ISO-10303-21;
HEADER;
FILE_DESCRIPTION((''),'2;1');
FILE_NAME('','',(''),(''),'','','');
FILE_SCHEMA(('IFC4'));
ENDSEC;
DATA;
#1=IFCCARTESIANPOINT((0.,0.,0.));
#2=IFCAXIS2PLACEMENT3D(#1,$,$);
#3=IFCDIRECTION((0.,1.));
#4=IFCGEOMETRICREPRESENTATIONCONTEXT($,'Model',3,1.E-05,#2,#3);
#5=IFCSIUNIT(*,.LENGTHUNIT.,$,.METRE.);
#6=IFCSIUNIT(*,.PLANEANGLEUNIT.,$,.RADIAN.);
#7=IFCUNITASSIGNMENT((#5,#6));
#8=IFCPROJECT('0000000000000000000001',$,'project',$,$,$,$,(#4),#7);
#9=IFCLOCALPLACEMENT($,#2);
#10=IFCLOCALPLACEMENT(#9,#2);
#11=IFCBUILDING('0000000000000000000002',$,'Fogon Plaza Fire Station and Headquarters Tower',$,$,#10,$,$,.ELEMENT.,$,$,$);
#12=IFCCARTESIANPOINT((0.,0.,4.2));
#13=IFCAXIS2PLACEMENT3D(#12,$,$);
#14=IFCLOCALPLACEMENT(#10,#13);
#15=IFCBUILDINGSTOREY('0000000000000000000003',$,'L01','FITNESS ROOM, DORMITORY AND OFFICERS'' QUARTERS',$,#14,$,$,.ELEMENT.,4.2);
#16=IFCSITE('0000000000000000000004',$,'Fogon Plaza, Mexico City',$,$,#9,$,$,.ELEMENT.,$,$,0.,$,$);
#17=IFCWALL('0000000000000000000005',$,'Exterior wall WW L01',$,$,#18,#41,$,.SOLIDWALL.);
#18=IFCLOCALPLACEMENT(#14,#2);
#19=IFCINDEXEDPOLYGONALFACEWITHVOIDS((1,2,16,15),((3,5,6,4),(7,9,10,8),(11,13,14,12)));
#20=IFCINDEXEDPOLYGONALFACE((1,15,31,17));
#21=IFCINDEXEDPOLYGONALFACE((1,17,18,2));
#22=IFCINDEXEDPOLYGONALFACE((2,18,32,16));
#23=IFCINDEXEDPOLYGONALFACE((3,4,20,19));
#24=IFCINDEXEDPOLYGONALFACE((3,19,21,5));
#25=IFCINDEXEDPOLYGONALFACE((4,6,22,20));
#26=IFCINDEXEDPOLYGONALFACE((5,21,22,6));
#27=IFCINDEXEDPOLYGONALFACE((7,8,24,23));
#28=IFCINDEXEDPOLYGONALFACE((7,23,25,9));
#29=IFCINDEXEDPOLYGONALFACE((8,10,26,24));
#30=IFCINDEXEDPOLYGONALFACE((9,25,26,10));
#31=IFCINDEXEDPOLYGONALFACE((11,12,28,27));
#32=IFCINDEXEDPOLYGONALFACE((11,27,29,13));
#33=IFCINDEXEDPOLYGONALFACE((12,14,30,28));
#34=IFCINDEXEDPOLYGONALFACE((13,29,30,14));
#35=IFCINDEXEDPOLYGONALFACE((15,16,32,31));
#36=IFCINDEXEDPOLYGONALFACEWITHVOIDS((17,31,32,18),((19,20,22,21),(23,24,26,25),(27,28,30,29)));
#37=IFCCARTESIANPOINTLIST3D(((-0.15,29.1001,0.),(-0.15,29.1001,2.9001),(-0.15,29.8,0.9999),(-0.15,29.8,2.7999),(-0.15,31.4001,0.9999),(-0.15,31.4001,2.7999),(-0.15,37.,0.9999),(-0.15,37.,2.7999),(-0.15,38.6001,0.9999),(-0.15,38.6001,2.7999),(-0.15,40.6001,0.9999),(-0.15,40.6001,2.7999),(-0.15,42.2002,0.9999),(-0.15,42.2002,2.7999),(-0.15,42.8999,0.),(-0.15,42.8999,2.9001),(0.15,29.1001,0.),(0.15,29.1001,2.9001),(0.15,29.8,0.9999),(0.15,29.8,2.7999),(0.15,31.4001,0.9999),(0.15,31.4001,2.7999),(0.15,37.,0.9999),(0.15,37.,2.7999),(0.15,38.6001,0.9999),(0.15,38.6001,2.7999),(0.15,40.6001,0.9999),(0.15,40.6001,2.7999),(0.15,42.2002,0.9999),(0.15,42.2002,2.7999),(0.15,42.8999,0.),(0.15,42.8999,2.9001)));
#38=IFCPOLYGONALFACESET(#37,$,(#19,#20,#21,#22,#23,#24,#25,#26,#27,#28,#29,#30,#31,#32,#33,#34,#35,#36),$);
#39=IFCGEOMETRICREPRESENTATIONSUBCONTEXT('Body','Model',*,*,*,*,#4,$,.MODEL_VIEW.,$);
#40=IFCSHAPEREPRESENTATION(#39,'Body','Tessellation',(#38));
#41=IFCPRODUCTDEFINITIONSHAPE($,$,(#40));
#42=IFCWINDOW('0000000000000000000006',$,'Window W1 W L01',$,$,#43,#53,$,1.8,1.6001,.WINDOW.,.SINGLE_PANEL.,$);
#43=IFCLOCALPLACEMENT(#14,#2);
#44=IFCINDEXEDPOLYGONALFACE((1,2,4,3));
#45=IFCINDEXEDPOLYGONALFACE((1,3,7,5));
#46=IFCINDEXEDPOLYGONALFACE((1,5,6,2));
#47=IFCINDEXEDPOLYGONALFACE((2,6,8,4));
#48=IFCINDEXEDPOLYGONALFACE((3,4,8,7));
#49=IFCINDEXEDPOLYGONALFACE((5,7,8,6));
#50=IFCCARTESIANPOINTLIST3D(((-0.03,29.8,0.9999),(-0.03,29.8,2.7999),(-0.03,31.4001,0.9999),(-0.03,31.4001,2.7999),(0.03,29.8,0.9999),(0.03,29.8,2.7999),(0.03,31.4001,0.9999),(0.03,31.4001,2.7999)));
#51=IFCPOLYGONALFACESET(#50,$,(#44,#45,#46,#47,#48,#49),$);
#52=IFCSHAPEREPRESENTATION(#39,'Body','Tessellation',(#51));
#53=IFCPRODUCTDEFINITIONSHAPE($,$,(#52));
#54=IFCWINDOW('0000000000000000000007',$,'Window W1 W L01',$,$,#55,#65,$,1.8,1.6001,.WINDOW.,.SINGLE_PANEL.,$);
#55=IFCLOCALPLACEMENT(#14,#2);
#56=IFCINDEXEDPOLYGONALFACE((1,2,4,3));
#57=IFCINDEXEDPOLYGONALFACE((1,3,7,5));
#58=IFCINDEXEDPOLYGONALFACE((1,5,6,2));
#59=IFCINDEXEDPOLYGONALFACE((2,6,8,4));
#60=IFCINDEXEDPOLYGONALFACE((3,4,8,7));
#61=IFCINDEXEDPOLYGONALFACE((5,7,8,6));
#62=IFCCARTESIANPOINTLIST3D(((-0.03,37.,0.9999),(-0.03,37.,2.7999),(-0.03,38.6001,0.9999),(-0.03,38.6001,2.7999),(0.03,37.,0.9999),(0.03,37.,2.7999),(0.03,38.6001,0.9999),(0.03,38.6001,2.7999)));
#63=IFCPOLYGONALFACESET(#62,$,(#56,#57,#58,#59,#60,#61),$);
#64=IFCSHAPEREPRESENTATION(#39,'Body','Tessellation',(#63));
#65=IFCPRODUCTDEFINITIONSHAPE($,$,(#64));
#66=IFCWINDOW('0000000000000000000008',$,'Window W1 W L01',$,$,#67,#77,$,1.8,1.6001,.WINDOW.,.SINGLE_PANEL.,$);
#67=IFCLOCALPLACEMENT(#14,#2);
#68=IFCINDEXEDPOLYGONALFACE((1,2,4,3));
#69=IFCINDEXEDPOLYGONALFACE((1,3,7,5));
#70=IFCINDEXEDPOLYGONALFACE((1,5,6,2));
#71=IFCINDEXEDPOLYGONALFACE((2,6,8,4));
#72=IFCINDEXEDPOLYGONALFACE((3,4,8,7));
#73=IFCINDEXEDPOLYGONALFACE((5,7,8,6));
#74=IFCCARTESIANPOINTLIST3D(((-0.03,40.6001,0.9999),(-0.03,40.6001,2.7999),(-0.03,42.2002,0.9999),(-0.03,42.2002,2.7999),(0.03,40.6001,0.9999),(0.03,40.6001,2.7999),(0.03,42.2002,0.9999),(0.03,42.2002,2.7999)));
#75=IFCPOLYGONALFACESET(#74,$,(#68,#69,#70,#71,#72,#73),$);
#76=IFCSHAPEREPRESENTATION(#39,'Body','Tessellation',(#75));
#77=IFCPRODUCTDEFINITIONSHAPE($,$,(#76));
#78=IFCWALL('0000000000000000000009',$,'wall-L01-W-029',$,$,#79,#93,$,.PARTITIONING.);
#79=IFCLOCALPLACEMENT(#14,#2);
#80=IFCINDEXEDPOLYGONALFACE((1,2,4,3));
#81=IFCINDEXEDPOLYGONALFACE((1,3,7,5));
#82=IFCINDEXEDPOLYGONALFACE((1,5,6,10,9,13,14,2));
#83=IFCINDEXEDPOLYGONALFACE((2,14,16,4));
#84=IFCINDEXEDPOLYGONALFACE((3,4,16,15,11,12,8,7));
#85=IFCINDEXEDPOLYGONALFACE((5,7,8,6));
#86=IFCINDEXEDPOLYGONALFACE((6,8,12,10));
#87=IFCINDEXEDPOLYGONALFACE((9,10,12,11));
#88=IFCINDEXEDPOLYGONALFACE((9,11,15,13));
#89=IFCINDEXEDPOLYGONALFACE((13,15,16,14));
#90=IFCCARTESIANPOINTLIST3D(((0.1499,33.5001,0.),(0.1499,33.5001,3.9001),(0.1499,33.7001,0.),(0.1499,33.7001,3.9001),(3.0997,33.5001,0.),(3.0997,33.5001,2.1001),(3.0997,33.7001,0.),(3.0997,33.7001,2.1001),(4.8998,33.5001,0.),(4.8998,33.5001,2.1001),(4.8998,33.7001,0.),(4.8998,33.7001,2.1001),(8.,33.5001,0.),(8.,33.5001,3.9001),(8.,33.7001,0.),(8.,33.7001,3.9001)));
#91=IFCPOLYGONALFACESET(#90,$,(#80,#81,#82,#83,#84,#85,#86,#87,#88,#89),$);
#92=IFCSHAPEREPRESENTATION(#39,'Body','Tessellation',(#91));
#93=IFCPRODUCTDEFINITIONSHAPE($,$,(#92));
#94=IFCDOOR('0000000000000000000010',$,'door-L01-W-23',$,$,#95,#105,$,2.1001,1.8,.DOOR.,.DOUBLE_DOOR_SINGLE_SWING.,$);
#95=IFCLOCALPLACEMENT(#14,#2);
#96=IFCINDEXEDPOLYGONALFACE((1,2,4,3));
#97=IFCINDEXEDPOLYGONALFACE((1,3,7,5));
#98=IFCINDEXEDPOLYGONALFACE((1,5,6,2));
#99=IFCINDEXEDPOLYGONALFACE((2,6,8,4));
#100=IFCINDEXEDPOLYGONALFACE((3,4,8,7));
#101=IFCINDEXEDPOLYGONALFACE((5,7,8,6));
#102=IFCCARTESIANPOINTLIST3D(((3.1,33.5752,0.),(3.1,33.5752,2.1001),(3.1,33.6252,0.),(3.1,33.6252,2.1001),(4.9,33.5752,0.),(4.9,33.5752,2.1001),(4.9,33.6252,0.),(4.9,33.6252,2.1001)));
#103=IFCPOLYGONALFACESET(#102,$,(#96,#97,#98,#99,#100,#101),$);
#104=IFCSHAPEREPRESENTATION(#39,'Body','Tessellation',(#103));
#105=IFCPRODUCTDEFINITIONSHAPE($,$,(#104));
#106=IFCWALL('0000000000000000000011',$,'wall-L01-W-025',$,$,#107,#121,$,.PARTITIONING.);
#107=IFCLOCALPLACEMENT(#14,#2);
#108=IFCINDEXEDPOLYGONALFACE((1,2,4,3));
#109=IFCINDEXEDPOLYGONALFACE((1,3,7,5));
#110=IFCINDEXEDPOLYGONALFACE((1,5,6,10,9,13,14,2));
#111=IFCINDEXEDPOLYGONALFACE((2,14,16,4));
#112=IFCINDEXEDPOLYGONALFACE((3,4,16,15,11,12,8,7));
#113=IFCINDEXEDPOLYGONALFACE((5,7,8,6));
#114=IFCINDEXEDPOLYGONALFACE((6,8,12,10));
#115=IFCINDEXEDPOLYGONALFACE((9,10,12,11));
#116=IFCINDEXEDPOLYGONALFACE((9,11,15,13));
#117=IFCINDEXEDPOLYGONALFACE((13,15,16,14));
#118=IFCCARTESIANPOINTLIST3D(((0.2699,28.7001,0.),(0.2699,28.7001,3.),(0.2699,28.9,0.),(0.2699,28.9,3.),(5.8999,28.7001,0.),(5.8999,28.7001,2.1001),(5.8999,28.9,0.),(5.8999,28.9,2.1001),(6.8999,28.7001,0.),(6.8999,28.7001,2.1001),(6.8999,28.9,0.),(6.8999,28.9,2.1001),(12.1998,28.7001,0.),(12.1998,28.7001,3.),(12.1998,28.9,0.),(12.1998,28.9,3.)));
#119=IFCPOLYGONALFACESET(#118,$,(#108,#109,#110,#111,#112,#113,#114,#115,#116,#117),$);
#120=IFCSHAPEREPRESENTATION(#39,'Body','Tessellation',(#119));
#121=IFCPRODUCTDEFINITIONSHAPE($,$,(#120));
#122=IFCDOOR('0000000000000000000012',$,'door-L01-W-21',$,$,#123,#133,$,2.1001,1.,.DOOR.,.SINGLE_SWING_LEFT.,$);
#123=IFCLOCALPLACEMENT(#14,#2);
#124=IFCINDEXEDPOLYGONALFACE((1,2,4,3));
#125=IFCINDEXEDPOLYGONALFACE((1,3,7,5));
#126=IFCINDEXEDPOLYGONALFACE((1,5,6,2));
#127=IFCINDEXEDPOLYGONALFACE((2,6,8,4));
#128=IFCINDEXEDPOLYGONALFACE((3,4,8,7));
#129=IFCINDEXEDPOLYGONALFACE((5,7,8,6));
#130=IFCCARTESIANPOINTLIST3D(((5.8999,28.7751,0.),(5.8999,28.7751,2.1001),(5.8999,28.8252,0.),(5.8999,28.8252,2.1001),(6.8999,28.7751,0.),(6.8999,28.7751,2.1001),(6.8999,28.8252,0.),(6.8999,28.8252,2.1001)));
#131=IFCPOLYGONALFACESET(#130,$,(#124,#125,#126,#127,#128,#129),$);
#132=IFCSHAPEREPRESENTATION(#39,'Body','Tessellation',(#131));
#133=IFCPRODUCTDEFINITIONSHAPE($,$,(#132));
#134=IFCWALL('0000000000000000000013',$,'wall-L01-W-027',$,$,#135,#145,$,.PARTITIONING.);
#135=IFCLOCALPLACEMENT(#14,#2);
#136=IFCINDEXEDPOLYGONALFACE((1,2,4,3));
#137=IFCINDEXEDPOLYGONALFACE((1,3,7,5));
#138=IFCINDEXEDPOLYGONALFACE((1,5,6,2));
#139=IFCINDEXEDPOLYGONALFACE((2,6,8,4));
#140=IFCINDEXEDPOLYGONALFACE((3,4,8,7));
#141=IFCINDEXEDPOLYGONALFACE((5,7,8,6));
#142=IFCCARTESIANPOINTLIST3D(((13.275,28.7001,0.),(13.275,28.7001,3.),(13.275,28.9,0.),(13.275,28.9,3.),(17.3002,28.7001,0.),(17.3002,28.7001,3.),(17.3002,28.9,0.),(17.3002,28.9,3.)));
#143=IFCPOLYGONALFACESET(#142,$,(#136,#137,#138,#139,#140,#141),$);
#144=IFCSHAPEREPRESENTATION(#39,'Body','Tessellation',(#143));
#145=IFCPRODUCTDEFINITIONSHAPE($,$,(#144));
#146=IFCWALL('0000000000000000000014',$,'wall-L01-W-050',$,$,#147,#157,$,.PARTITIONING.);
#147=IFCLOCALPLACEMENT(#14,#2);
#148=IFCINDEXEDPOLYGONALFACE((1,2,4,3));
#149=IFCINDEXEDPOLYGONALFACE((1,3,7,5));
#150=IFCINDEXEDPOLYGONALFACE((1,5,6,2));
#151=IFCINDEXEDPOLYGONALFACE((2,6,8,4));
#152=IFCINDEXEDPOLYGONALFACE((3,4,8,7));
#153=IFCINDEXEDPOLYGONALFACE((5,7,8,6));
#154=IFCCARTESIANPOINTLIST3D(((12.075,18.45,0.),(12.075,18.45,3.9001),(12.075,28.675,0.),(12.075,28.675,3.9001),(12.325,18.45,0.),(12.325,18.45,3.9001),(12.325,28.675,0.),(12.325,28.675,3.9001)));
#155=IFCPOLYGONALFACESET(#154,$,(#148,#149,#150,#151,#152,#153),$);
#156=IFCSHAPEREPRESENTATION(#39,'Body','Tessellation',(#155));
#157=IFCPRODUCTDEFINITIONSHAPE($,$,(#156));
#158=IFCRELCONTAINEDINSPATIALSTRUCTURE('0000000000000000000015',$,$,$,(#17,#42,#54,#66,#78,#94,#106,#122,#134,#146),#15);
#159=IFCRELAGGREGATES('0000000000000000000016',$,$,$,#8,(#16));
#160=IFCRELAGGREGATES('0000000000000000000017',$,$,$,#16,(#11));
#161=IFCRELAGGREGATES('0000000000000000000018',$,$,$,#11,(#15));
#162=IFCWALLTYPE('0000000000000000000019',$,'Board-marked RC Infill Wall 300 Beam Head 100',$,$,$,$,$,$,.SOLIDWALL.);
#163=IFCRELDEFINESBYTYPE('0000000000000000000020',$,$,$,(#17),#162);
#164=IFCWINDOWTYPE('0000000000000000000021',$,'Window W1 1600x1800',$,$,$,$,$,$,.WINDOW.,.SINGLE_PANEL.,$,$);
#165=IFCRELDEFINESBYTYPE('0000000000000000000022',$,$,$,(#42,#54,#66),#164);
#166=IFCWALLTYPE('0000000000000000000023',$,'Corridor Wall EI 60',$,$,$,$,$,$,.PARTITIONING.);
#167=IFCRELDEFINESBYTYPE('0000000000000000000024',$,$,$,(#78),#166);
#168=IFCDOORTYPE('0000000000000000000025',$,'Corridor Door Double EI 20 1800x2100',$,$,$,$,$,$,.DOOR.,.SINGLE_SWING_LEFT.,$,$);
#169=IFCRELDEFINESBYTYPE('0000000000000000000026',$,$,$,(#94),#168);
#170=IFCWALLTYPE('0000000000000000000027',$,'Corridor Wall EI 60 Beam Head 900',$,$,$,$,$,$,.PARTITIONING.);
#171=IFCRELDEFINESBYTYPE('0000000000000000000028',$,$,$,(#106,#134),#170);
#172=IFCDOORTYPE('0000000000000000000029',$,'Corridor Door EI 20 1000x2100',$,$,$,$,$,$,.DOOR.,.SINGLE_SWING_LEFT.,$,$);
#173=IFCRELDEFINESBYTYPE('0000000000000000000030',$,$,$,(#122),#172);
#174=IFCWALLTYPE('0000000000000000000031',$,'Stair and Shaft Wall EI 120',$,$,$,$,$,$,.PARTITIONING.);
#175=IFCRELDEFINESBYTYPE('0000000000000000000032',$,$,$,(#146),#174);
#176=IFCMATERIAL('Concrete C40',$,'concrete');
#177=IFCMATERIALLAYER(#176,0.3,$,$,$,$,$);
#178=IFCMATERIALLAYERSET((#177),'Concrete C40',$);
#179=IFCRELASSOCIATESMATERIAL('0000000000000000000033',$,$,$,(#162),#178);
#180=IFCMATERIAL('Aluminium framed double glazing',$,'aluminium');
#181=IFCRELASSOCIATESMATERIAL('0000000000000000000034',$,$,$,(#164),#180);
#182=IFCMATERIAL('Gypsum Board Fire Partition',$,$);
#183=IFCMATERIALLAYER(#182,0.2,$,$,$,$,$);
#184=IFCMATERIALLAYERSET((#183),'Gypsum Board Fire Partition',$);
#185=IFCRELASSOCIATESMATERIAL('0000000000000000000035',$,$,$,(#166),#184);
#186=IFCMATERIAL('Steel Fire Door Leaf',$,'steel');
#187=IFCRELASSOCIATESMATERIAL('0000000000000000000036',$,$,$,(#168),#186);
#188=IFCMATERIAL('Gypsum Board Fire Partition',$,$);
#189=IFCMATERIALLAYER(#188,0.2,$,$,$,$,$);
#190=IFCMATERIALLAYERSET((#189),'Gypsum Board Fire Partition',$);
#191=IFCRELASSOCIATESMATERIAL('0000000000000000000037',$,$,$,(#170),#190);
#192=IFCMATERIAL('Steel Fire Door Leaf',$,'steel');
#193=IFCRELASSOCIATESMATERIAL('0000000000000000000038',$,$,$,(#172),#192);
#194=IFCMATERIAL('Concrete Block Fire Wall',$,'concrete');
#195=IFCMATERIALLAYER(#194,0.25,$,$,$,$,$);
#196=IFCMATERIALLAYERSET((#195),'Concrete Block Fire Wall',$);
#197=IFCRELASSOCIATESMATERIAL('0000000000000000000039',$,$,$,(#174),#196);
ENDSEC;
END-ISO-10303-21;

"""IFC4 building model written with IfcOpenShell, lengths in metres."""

from ifc_helpers import new_model, si_unit, direction, frame, frame_2d, origin, place, context, subcontext, project, spatial, rectangle, extrude, material, layer, layer_set, type_object, element, fill, save


model = new_model("IFC4")

# Units and contexts
model_context = context("Model", 3, precision=1e-05, world=origin(), true_north=direction((0.0, 1.0)))
body_context = subcontext(model_context, "Body", "Model", "MODEL_VIEW")
ifc_project = project(units=[si_unit("LENGTHUNIT", "METRE"), si_unit("PLANEANGLEUNIT", "RADIAN")], contexts=[model_context])

# Site, building, storey
site_placement = place(None, origin())
site = spatial("IfcSite", under=ifc_project, at=site_placement, Name="Fogon Plaza, Mexico City", CompositionType="ELEMENT", RefElevation=0.0)
building_placement = place(site_placement, origin())
building = spatial("IfcBuilding", under=site, at=building_placement, Name="Fogon Plaza Fire Station and Headquarters Tower", CompositionType="ELEMENT")
storey_placement = place(building_placement, frame((0.0, 0.0, 4.2)))
storey = spatial("IfcBuildingStorey", under=building, at=storey_placement, Name="L01", Description="FITNESS ROOM, DORMITORY AND OFFICERS' QUARTERS", CompositionType="ELEMENT", Elevation=4.2)

# Wall, openings, windows
ifc_material_1 = material(Name="Concrete C40", Category="concrete")
ifc_layer_1 = layer(ifc_material_1, 0.3)
ifc_layer_set_1 = layer_set([ifc_layer_1], Name="Concrete C40")
wall_type_1 = type_object("IfcWallType", Name="Board-marked RC Infill Wall 300 Beam Head 100", PredefinedType="SOLIDWALL", material=ifc_layer_set_1)
wall_1_placement = place(storey_placement, frame((0.0, 29.1001, 0.0), z_axis=(0.0, 0.0, 1.0), x_axis=(0.0, 1.0, 0.0)))
wall_1 = element("IfcWall", 1, at=wall_1_placement, inside=storey, type_object=wall_type_1, Name="Exterior wall WW L01", PredefinedType="SOLIDWALL", context=body_context, shape_type="SweptSolid", body=[
    extrude(rectangle(XDim=13.7998, YDim=0.3, at=frame_2d((6.8999, 0.0))), origin(), (0.0, 0.0, 1.0), 2.9001),
])
opening_1_placement = place(wall_1_placement, frame((0.7, 0.0, 1.0)))
opening_1 = element("IfcOpeningElement", 2, at=opening_1_placement, cuts=wall_1, PredefinedType="OPENING", context=body_context, shape_type="SweptSolid", body=[
    extrude(rectangle(XDim=1.6001, YDim=1.8, at=frame_2d((0.8, 0.8999))), frame((0.0, 0.1599, 0.0), z_axis=(0.0, -1.0, 0.0), x_axis=(1.0, 0.0, 0.0)), (0.0, 0.0, 1.0), 0.3201),
])
opening_2_placement = place(wall_1_placement, frame((7.8999, 0.0, 1.0)))
opening_2 = element("IfcOpeningElement", 3, at=opening_2_placement, cuts=wall_1, PredefinedType="OPENING", context=body_context, shape_type="SweptSolid", body=[
    extrude(rectangle(XDim=1.6001, YDim=1.8, at=frame_2d((0.8, 0.8999))), frame((0.0, 0.1599, 0.0), z_axis=(0.0, -1.0, 0.0), x_axis=(1.0, 0.0, 0.0)), (0.0, 0.0, 1.0), 0.3201),
])
opening_3_placement = place(wall_1_placement, frame((11.5, 0.0, 1.0)))
opening_3 = element("IfcOpeningElement", 4, at=opening_3_placement, cuts=wall_1, PredefinedType="OPENING", context=body_context, shape_type="SweptSolid", body=[
    extrude(rectangle(XDim=1.6001, YDim=1.8, at=frame_2d((0.8, 0.8999))), frame((0.0, 0.1599, 0.0), z_axis=(0.0, -1.0, 0.0), x_axis=(1.0, 0.0, 0.0)), (0.0, 0.0, 1.0), 0.3201),
])
ifc_material_2 = material(Name="Aluminium framed double glazing", Category="aluminium")
window_type = type_object("IfcWindowType", Name="Window W1 1600x1800", PartitioningType="SINGLE_PANEL", PredefinedType="WINDOW", material=ifc_material_2)
window_1_placement = place(opening_1_placement, origin())
window_1 = element("IfcWindow", 5, at=window_1_placement, inside=storey, type_object=window_type, Name="Window W1 W L01", OverallHeight=1.8, OverallWidth=1.6001, PartitioningType="SINGLE_PANEL", PredefinedType="WINDOW", context=body_context, shape_type="SweptSolid", body=[
    extrude(rectangle(XDim=1.6001, YDim=1.8, at=frame_2d((0.8, 0.8999))), frame((0.0, 0.03, 0.0), z_axis=(0.0, -1.0, 0.0), x_axis=(1.0, 0.0, 0.0)), (0.0, 0.0, 1.0), 0.0601),
])
fill(opening_1, window_1)
window_2_placement = place(opening_2_placement, origin())
window_2 = element("IfcWindow", 6, at=window_2_placement, inside=storey, type_object=window_type, Name="Window W1 W L01", OverallHeight=1.8, OverallWidth=1.6001, PartitioningType="SINGLE_PANEL", PredefinedType="WINDOW", context=body_context, shape_type="SweptSolid", body=[
    extrude(rectangle(XDim=1.6001, YDim=1.8, at=frame_2d((0.8, 0.8999))), frame((0.0, 0.03, 0.0), z_axis=(0.0, -1.0, 0.0), x_axis=(1.0, 0.0, 0.0)), (0.0, 0.0, 1.0), 0.0601),
])
fill(opening_2, window_2)
window_3_placement = place(opening_3_placement, origin())
window_3 = element("IfcWindow", 7, at=window_3_placement, inside=storey, type_object=window_type, Name="Window W1 W L01", OverallHeight=1.8, OverallWidth=1.6001, PartitioningType="SINGLE_PANEL", PredefinedType="WINDOW", context=body_context, shape_type="SweptSolid", body=[
    extrude(rectangle(XDim=1.6001, YDim=1.8, at=frame_2d((0.8, 0.8999))), frame((0.0, 0.03, 0.0), z_axis=(0.0, -1.0, 0.0), x_axis=(1.0, 0.0, 0.0)), (0.0, 0.0, 1.0), 0.0601),
])
fill(opening_3, window_3)

# Walls, openings, doors
ifc_material_3 = material(Name="Gypsum Board Fire Partition")
ifc_layer_2 = layer(ifc_material_3, 0.2)
ifc_layer_set_2 = layer_set([ifc_layer_2], Name="Gypsum Board Fire Partition")
wall_type_2 = type_object("IfcWallType", Name="Corridor Wall EI 60", PredefinedType="PARTITIONING", material=ifc_layer_set_2)
wall_2_placement = place(storey_placement, frame((0.1499, 33.6001, 0.0), z_axis=(0.0, 0.0, 1.0), x_axis=(1.0, 0.0, 0.0)))
wall_2 = element("IfcWall", 8, at=wall_2_placement, inside=storey, type_object=wall_type_2, Name="wall-L01-W-029", PredefinedType="PARTITIONING", context=body_context, shape_type="SweptSolid", body=[
    extrude(rectangle(XDim=7.8501, YDim=0.2, at=frame_2d((3.925, 0.0))), origin(), (0.0, 0.0, 1.0), 3.9001),
])
opening_4_placement = place(wall_2_placement, frame((2.95, 0.0, 0.0)))
opening_4 = element("IfcOpeningElement", 9, at=opening_4_placement, cuts=wall_2, PredefinedType="OPENING", context=body_context, shape_type="SweptSolid", body=[
    extrude(rectangle(XDim=1.8, YDim=2.1001, at=frame_2d((0.8999, 1.05))), frame((0.0, 0.1099, 0.0), z_axis=(0.0, -1.0, 0.0), x_axis=(1.0, 0.0, 0.0)), (0.0, 0.0, 1.0), 0.22),
])
ifc_material_4 = material(Name="Steel Fire Door Leaf", Category="steel")
door_type_1 = type_object("IfcDoorType", Name="Corridor Door Double EI 20 1800x2100", OperationType="SINGLE_SWING_LEFT", PredefinedType="DOOR", material=ifc_material_4)
door_1_placement = place(opening_4_placement, frame((1.8, 0.0, 0.0), z_axis=(0.0, 0.0, 1.0), x_axis=(-1.0, 0.0, 0.0)))
door_1 = element("IfcDoor", 10, at=door_1_placement, inside=storey, type_object=door_type_1, Name="door-L01-W-23", OperationType="DOUBLE_DOOR_SINGLE_SWING", OverallHeight=2.1001, OverallWidth=1.8, PredefinedType="DOOR", context=body_context, shape_type="SweptSolid", body=[
    extrude(rectangle(XDim=1.8, YDim=2.1001, at=frame_2d((0.8999, 1.05))), frame((0.0, 0.0249, 0.0), z_axis=(0.0, -1.0, 0.0), x_axis=(1.0, 0.0, 0.0)), (0.0, 0.0, 1.0), 0.05),
])
fill(opening_4, door_1)
ifc_material_5 = material(Name="Gypsum Board Fire Partition")
ifc_layer_3 = layer(ifc_material_5, 0.2)
ifc_layer_set_3 = layer_set([ifc_layer_3], Name="Gypsum Board Fire Partition")
wall_type_3 = type_object("IfcWallType", Name="Corridor Wall EI 60 Beam Head 900", PredefinedType="PARTITIONING", material=ifc_layer_set_3)
wall_3_placement = place(storey_placement, frame((0.27, 28.8, 0.0), z_axis=(0.0, 0.0, 1.0), x_axis=(1.0, 0.0, 0.0)))
wall_3 = element("IfcWall", 11, at=wall_3_placement, inside=storey, type_object=wall_type_3, Name="wall-L01-W-025", PredefinedType="PARTITIONING", context=body_context, shape_type="SweptSolid", body=[
    extrude(rectangle(XDim=11.9299, YDim=0.2, at=frame_2d((5.9648, 0.0))), origin(), (0.0, 0.0, 1.0), 3.0),
])
opening_5_placement = place(wall_3_placement, frame((5.6299, 0.0, 0.0)))
opening_5 = element("IfcOpeningElement", 12, at=opening_5_placement, cuts=wall_3, PredefinedType="OPENING", context=body_context, shape_type="SweptSolid", body=[
    extrude(rectangle(XDim=1.0, YDim=2.1001, at=frame_2d((0.5, 1.05))), frame((0.0, 0.1099, 0.0), z_axis=(0.0, -1.0, 0.0), x_axis=(1.0, 0.0, 0.0)), (0.0, 0.0, 1.0), 0.22),
])
ifc_material_6 = material(Name="Steel Fire Door Leaf", Category="steel")
door_type_2 = type_object("IfcDoorType", Name="Corridor Door EI 20 1000x2100", OperationType="SINGLE_SWING_LEFT", PredefinedType="DOOR", material=ifc_material_6)
door_2_placement = place(opening_5_placement, frame((1.0, 0.0, 0.0), z_axis=(0.0, 0.0, 1.0), x_axis=(-1.0, 0.0, 0.0)))
door_2 = element("IfcDoor", 13, at=door_2_placement, inside=storey, type_object=door_type_2, Name="door-L01-W-21", OperationType="SINGLE_SWING_LEFT", OverallHeight=2.1001, OverallWidth=1.0, PredefinedType="DOOR", context=body_context, shape_type="SweptSolid", body=[
    extrude(rectangle(XDim=1.0, YDim=2.1001, at=frame_2d((0.5, 1.05))), frame((0.0, 0.0249, 0.0), z_axis=(0.0, -1.0, 0.0), x_axis=(1.0, 0.0, 0.0)), (0.0, 0.0, 1.0), 0.05),
])
fill(opening_5, door_2)

# Walls
wall_4_placement = place(storey_placement, frame((13.2749, 28.8, 0.0), z_axis=(0.0, 0.0, 1.0), x_axis=(1.0, 0.0, 0.0)))
element("IfcWall", 14, at=wall_4_placement, inside=storey, type_object=wall_type_3, Name="wall-L01-W-027", PredefinedType="PARTITIONING", context=body_context, shape_type="SweptSolid", body=[
    extrude(rectangle(XDim=4.0251, YDim=0.2, at=frame_2d((2.0127, 0.0))), origin(), (0.0, 0.0, 1.0), 3.0),
])
ifc_material_7 = material(Name="Concrete Block Fire Wall", Category="concrete")
ifc_layer_4 = layer(ifc_material_7, 0.25)
ifc_layer_set_4 = layer_set([ifc_layer_4], Name="Concrete Block Fire Wall")
wall_type_4 = type_object("IfcWallType", Name="Stair and Shaft Wall EI 120", PredefinedType="PARTITIONING", material=ifc_layer_set_4)
wall_5_placement = place(storey_placement, frame((12.2, 18.45, 0.0), z_axis=(0.0, 0.0, 1.0), x_axis=(0.0, 1.0, 0.0)))
element("IfcWall", 15, at=wall_5_placement, inside=storey, type_object=wall_type_4, Name="wall-L01-W-050", PredefinedType="PARTITIONING", context=body_context, shape_type="SweptSolid", body=[
    extrude(rectangle(XDim=10.2251, YDim=0.25, at=frame_2d((5.1125, 0.0))), origin(), (0.0, 0.0, 1.0), 3.9001),
])

save(model, "model.ifc")
